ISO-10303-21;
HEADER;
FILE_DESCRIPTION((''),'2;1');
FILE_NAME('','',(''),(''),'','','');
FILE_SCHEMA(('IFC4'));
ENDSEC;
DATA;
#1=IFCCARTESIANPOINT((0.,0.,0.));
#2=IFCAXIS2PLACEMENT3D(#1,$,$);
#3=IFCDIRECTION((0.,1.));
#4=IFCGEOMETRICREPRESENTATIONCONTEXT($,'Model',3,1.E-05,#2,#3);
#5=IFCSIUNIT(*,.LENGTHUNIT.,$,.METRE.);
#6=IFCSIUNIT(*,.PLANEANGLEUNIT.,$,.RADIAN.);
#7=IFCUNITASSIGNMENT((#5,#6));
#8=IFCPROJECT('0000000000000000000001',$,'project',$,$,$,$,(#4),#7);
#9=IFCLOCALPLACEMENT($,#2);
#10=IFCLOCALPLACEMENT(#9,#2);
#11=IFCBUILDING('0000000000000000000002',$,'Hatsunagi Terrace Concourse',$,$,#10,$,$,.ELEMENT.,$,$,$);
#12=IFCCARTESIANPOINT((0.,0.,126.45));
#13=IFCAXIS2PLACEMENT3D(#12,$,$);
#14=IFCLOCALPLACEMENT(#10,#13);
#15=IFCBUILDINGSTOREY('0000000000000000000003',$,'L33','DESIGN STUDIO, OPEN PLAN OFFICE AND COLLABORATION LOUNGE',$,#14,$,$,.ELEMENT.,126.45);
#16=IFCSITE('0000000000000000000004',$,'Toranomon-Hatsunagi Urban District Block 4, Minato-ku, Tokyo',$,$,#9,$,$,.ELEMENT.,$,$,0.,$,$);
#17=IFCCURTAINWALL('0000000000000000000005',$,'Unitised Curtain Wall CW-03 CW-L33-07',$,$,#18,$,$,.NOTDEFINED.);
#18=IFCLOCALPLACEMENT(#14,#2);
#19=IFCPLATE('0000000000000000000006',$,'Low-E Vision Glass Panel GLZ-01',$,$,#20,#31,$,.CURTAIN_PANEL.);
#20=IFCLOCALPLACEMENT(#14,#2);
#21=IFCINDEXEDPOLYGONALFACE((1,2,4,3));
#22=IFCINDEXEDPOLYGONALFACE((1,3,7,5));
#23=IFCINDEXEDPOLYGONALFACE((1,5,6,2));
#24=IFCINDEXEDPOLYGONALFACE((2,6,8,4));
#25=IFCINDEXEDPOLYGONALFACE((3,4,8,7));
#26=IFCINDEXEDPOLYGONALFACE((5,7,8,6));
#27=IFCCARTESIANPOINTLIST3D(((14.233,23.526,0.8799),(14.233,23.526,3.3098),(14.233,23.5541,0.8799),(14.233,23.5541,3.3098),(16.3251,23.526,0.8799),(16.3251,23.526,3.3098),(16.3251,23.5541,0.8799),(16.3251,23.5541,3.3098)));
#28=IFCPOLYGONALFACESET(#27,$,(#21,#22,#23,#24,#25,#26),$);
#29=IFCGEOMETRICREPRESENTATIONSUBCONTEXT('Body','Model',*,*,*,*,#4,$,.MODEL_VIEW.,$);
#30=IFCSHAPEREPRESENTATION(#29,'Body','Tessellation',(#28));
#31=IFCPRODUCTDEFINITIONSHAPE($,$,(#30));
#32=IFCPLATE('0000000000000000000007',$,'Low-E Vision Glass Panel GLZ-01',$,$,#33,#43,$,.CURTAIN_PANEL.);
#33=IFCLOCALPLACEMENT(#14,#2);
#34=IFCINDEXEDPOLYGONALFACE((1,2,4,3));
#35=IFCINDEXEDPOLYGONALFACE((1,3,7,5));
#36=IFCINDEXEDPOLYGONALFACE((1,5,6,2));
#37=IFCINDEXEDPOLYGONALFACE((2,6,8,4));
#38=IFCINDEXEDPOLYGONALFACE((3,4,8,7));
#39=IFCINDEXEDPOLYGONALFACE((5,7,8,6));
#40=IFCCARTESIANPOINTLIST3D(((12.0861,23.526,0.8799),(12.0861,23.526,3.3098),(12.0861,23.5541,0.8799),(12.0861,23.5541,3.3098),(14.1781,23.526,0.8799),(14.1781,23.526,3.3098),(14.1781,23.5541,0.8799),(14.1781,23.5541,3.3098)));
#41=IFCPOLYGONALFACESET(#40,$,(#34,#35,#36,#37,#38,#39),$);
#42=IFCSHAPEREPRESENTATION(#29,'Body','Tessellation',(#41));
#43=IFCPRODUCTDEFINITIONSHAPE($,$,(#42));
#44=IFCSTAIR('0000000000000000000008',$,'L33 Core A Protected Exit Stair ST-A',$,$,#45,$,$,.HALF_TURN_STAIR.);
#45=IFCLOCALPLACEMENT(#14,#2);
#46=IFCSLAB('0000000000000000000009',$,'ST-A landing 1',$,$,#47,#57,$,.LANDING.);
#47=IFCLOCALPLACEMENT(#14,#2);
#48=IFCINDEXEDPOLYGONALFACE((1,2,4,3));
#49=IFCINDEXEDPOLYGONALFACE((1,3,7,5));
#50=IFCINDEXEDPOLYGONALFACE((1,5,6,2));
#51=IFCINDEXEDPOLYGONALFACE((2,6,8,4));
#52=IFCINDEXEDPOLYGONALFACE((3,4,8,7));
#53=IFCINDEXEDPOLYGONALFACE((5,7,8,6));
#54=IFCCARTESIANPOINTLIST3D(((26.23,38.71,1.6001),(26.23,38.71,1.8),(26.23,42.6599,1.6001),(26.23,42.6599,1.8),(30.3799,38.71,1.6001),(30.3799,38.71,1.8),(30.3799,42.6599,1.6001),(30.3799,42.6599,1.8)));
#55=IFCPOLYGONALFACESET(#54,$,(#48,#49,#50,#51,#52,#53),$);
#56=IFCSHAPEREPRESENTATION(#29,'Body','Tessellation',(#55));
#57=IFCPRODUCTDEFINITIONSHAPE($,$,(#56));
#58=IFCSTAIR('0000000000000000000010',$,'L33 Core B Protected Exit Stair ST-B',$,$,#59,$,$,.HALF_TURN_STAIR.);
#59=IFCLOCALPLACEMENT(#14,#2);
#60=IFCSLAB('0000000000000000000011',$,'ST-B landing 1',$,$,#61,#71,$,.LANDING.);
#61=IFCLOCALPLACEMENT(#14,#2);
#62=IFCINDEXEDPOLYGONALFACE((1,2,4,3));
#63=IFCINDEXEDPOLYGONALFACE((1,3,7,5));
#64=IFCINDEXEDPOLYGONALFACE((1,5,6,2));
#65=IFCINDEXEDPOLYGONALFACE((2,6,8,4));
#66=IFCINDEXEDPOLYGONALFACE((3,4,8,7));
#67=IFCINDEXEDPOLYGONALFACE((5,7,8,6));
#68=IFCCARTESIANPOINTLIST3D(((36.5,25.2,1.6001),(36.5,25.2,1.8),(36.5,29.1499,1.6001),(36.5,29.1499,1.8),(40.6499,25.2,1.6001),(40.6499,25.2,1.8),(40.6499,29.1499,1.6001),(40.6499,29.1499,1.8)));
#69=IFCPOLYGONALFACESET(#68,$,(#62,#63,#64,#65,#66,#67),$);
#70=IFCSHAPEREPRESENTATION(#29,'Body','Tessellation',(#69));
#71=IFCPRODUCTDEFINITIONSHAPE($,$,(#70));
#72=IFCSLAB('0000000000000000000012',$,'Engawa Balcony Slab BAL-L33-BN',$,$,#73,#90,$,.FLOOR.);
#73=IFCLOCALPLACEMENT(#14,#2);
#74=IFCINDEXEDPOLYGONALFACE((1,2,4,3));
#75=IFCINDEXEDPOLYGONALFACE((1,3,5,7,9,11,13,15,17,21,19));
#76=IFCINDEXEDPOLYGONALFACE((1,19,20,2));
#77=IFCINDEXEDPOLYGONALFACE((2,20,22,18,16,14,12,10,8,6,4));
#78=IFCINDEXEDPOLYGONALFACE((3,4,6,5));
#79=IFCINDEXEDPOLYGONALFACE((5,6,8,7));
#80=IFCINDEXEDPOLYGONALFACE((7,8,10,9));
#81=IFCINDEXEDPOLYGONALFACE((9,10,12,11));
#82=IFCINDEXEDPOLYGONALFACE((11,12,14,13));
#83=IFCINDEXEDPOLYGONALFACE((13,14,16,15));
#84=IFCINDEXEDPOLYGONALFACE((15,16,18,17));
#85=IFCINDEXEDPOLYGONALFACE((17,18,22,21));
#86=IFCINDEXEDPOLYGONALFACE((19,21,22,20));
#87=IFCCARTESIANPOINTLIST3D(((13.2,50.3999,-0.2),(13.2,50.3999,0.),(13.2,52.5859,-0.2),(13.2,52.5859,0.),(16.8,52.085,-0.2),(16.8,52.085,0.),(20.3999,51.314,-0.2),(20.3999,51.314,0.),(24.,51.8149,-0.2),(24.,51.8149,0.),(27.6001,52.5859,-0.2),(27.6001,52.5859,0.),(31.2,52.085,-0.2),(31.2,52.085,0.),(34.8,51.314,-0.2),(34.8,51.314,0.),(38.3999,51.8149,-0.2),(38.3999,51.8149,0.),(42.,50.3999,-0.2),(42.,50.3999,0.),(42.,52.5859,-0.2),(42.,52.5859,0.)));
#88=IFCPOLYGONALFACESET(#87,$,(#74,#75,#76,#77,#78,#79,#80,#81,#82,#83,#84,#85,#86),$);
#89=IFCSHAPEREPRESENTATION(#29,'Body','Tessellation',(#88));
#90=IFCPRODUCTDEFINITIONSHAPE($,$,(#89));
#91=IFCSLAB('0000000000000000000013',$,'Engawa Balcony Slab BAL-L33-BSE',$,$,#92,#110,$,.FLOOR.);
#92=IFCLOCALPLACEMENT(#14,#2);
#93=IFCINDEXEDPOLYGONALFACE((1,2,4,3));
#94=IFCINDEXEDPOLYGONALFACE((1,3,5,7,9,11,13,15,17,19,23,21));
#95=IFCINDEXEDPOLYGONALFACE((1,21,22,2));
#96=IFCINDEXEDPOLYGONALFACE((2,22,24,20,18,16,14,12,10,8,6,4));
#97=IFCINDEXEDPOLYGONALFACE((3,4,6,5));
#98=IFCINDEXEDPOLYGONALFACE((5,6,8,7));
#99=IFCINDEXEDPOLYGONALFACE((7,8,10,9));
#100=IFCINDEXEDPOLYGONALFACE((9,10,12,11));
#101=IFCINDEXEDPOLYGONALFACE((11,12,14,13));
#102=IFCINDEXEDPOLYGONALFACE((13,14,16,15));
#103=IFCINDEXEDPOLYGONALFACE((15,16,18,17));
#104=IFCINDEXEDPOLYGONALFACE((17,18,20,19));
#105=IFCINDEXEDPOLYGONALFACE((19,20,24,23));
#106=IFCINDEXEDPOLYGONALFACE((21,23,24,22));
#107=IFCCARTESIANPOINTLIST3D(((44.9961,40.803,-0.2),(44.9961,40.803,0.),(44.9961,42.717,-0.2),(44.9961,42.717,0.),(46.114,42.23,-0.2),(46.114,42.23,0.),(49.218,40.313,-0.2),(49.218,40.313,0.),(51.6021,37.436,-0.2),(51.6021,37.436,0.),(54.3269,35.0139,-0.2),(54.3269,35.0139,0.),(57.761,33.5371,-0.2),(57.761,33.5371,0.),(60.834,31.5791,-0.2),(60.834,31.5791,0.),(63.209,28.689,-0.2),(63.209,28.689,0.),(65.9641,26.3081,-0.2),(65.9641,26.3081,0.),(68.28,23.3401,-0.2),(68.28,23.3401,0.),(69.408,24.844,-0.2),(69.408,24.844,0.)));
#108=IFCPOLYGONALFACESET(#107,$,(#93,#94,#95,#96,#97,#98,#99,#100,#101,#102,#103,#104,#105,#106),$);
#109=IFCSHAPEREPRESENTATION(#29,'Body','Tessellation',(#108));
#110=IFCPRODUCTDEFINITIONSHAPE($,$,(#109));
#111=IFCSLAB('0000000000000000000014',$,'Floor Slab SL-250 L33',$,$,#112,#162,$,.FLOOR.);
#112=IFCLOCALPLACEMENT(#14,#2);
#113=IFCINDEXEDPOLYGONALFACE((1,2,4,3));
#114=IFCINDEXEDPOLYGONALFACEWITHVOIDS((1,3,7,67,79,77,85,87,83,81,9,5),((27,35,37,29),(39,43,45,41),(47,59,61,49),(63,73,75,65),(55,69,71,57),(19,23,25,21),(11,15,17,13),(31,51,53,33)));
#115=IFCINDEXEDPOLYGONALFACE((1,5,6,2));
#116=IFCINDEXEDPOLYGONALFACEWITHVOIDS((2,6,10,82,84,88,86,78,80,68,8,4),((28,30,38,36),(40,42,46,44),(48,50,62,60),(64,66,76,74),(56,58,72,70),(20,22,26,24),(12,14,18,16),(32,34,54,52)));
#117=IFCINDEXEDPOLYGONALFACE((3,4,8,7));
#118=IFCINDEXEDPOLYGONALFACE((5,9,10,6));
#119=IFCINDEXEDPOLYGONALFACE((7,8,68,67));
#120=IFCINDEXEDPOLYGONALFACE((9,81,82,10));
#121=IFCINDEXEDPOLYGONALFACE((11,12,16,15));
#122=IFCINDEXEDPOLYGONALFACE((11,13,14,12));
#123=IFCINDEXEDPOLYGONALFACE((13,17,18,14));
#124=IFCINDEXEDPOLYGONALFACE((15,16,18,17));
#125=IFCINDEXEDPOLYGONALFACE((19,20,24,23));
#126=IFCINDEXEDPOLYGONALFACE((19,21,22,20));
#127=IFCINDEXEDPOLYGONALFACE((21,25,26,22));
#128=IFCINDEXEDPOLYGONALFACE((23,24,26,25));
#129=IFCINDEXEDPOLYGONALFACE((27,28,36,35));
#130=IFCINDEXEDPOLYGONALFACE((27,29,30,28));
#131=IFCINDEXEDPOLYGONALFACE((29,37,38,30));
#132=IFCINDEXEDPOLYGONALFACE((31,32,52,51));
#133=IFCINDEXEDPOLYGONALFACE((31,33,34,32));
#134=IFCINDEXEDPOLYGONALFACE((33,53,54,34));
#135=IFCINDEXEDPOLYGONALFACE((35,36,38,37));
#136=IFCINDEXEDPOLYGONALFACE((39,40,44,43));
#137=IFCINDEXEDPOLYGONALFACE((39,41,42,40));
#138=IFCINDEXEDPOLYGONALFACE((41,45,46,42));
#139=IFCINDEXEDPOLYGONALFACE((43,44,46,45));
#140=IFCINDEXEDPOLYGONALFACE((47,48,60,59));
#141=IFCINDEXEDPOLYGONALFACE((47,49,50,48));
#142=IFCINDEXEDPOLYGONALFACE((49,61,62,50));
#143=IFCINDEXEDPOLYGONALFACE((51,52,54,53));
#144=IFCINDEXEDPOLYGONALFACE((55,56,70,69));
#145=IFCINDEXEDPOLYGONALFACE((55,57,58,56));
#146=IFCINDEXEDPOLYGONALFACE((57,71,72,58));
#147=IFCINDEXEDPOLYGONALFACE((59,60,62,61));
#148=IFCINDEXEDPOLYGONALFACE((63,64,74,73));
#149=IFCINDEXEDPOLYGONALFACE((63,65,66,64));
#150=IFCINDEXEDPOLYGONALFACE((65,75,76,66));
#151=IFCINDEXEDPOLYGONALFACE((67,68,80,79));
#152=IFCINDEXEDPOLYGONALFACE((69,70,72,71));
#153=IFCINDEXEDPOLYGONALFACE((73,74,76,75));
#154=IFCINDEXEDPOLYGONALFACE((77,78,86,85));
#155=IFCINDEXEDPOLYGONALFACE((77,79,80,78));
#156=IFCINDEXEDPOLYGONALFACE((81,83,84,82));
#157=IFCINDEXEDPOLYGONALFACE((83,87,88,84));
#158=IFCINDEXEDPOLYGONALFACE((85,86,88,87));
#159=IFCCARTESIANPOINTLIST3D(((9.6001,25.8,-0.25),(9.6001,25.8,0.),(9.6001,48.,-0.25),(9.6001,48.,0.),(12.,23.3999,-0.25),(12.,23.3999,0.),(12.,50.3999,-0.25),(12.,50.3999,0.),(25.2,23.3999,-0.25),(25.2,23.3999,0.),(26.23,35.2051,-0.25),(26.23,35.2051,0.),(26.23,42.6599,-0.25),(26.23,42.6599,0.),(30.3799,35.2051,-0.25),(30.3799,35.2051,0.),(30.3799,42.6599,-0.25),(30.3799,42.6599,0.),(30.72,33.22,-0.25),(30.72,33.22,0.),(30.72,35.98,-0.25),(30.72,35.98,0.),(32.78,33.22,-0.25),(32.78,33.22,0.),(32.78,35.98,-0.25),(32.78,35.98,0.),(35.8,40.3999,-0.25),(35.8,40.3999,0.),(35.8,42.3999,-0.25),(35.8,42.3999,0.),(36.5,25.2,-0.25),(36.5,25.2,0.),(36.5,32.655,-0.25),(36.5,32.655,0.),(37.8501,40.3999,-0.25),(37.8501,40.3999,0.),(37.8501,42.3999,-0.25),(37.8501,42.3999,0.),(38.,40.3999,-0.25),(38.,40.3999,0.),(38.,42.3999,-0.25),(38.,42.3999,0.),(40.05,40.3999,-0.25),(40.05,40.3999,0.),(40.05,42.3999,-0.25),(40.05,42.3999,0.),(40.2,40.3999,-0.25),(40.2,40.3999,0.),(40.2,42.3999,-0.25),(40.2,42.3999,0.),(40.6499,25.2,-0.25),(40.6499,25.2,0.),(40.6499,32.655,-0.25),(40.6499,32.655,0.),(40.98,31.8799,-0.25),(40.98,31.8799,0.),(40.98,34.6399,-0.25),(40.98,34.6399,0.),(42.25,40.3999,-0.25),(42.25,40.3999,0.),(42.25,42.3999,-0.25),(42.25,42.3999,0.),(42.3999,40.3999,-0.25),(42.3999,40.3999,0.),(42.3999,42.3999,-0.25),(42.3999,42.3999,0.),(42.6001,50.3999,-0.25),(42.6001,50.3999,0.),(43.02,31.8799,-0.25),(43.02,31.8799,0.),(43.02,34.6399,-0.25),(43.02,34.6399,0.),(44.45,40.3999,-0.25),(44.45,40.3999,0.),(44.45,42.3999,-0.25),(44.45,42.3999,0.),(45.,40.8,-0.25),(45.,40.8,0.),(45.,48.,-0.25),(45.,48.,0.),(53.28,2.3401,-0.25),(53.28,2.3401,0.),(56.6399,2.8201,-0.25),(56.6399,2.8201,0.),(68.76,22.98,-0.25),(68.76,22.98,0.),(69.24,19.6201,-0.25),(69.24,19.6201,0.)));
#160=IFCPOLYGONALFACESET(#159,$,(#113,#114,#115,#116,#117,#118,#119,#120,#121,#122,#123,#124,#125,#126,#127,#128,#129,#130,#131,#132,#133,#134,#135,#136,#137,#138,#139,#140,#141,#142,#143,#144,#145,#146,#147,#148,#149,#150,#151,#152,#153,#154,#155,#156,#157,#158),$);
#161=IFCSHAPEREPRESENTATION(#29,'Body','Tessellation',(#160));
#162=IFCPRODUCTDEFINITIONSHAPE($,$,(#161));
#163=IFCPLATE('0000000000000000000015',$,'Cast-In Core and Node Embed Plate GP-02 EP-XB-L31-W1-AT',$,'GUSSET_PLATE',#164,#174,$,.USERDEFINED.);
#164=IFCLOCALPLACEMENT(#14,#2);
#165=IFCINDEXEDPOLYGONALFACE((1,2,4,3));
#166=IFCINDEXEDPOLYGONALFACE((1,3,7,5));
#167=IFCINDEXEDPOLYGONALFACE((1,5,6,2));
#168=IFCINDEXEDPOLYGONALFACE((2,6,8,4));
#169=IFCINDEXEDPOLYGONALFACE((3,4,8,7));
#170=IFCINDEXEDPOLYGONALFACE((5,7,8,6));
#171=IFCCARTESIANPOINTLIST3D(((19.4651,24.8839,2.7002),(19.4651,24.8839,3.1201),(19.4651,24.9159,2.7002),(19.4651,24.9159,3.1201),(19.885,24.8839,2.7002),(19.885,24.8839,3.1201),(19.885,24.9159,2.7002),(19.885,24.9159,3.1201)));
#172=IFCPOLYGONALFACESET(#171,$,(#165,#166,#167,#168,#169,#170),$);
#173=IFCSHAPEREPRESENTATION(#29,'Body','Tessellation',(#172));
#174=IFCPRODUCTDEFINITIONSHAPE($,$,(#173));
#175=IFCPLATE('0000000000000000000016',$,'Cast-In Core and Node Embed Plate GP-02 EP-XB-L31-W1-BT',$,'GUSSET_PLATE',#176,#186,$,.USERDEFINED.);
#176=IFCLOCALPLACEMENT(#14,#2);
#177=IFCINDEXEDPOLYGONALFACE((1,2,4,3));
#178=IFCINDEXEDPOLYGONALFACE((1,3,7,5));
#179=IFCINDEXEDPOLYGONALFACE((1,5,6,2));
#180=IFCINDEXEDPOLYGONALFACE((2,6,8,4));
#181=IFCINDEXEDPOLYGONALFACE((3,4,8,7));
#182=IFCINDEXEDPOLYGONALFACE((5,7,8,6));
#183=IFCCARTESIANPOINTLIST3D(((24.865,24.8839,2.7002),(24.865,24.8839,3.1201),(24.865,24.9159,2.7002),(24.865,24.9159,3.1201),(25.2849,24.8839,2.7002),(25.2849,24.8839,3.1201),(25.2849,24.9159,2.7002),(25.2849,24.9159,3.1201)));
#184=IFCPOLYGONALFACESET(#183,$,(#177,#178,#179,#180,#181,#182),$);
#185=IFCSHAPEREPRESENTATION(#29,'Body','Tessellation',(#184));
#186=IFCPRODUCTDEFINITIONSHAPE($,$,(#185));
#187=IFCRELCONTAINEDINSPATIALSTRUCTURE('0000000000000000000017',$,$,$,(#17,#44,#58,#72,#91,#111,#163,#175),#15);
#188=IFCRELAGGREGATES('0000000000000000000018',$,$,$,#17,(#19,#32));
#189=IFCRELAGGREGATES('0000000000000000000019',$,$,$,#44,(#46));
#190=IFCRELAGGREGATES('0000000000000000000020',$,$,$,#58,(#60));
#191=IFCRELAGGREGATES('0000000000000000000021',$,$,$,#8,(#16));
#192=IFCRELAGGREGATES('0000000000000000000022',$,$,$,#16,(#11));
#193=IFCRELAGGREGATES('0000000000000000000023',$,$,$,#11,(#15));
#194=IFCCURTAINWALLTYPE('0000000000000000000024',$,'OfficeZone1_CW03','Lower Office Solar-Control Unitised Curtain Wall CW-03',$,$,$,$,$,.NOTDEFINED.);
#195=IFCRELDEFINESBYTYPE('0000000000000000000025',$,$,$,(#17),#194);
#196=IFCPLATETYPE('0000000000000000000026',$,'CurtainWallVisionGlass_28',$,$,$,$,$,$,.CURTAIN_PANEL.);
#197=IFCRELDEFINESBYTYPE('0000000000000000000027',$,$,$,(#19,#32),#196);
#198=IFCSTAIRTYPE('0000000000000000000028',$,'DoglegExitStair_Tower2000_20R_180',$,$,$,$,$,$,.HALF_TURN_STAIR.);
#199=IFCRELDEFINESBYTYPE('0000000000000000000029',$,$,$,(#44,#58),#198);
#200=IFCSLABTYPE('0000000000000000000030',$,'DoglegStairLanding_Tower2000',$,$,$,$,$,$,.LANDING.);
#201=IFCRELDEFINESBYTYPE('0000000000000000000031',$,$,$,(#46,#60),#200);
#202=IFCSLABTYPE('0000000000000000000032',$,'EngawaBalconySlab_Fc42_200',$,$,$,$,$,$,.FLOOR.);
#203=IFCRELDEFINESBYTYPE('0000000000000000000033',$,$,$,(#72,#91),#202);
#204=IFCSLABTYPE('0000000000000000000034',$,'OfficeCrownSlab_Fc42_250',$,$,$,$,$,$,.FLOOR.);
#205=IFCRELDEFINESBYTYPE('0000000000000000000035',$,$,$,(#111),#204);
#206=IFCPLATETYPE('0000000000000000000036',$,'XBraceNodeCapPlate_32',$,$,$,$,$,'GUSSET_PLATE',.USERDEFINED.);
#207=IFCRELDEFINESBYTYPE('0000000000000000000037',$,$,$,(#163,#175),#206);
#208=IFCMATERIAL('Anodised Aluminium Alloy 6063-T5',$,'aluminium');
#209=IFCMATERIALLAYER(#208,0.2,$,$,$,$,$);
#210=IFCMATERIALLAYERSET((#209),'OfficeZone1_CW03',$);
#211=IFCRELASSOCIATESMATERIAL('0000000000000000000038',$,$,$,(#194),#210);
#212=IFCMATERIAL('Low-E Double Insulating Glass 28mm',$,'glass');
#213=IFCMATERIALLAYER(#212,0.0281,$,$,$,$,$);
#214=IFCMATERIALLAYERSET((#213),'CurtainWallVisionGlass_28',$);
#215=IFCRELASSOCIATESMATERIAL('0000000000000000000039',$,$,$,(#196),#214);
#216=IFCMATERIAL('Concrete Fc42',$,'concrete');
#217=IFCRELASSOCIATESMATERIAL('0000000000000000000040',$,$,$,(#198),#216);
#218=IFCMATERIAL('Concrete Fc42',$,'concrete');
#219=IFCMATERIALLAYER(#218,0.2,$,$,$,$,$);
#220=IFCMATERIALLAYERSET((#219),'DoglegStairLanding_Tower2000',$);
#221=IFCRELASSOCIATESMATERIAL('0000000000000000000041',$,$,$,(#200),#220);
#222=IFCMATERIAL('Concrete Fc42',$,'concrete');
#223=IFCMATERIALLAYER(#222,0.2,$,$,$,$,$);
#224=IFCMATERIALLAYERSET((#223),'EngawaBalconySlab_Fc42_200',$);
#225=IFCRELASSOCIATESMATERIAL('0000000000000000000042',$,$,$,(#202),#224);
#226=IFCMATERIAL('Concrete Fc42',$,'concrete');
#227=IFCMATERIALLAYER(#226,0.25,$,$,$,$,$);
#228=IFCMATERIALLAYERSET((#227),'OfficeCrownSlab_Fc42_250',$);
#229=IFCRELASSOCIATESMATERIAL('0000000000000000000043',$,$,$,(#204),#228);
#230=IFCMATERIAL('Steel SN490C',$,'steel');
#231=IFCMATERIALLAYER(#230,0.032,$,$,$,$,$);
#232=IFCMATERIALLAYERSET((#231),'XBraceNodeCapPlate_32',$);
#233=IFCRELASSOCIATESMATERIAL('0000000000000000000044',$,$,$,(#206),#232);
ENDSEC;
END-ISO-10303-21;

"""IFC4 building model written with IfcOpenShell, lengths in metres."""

from ifc_helpers import new_model, si_unit, direction, frame, origin, origin_2d, place, context, subcontext, project, spatial, polyline, rectangle, outline, extrude, material, layer, layer_set, type_object, element, aggregate, save


model = new_model("IFC4")

# Units and contexts
model_context = context("Model", 3, precision=1e-05, world=origin(), true_north=direction((0.0, 1.0)))
body_context = subcontext(model_context, "Body", "Model", "MODEL_VIEW")
ifc_project = project(units=[si_unit("LENGTHUNIT", "METRE"), si_unit("PLANEANGLEUNIT", "RADIAN")], contexts=[model_context])

# Site, building, storey
site_placement = place(None, origin())
site = spatial("IfcSite", under=ifc_project, at=site_placement, Name="Toranomon-Hatsunagi Urban District Block 4, Minato-ku, Tokyo", CompositionType="ELEMENT", RefElevation=0.0)
building_placement = place(site_placement, origin())
building = spatial("IfcBuilding", under=site, at=building_placement, Name="Hatsunagi Terrace Concourse", CompositionType="ELEMENT")
storey_placement = place(building_placement, frame((0.0, 0.0, 126.45)))
storey = spatial("IfcBuildingStorey", under=building, at=storey_placement, Name="L33", Description="DESIGN STUDIO, OPEN PLAN OFFICE AND COLLABORATION LOUNGE", CompositionType="ELEMENT", Elevation=126.45)

# Curtain wall
ifc_material_1 = material(Name="Anodised Aluminium Alloy 6063-T5", Category="aluminium")
ifc_layer_1 = layer(ifc_material_1, 0.2)
ifc_layer_set_1 = layer_set([ifc_layer_1], Name="OfficeZone1_CW03")
curtain_wall_type = type_object("IfcCurtainWallType", Name="OfficeZone1_CW03", Description="Lower Office Solar-Control Unitised Curtain Wall CW-03", PredefinedType="NOTDEFINED", material=ifc_layer_set_1)
curtain_wall_placement = place(storey_placement, origin())
curtain_wall = element("IfcCurtainWall", 1, at=curtain_wall_placement, inside=storey, type_object=curtain_wall_type, Name="Unitised Curtain Wall CW-03 CW-L33-07", PredefinedType="NOTDEFINED")

# Plates
ifc_material_2 = material(Name="Low-E Double Insulating Glass 28mm", Category="glass")
ifc_layer_2 = layer(ifc_material_2, 0.0281)
ifc_layer_set_2 = layer_set([ifc_layer_2], Name="CurtainWallVisionGlass_28")
plate_type_1 = type_object("IfcPlateType", Name="CurtainWallVisionGlass_28", PredefinedType="CURTAIN_PANEL", material=ifc_layer_set_2)
plate_1_placement = place(storey_placement, frame((15.2791, 23.54, 0.8799), z_axis=(0.0, 0.0, 1.0), x_axis=(-1.0, 0.0, 0.0)))
plate_1 = element("IfcPlate", 2, at=plate_1_placement, type_object=plate_type_1, Name="Low-E Vision Glass Panel GLZ-01", PredefinedType="CURTAIN_PANEL", context=body_context, shape_type="SweptSolid", body=[
    extrude(rectangle(XDim=2.092, YDim=0.0281, at=origin_2d()), origin(), (0.0, 0.0, 1.0), 2.4299),
])
plate_2_placement = place(storey_placement, frame((13.1321, 23.54, 0.8799), z_axis=(0.0, 0.0, 1.0), x_axis=(-1.0, 0.0, 0.0)))
plate_2 = element("IfcPlate", 3, at=plate_2_placement, type_object=plate_type_1, Name="Low-E Vision Glass Panel GLZ-01", PredefinedType="CURTAIN_PANEL", context=body_context, shape_type="SweptSolid", body=[
    extrude(rectangle(XDim=2.092, YDim=0.0281, at=origin_2d()), origin(), (0.0, 0.0, 1.0), 2.4299),
])
aggregate(curtain_wall, [plate_1, plate_2])

# Stairs, slabs
ifc_material_3 = material(Name="Concrete Fc42", Category="concrete")
stair_type = type_object("IfcStairType", Name="DoglegExitStair_Tower2000_20R_180", PredefinedType="HALF_TURN_STAIR", material=ifc_material_3)
stair_1_placement = place(storey_placement, origin())
stair_1 = element("IfcStair", 4, at=stair_1_placement, inside=storey, type_object=stair_type, Name="L33 Core A Protected Exit Stair ST-A", PredefinedType="HALF_TURN_STAIR")
ifc_material_4 = material(Name="Concrete Fc42", Category="concrete")
ifc_layer_3 = layer(ifc_material_4, 0.2)
ifc_layer_set_3 = layer_set([ifc_layer_3], Name="DoglegStairLanding_Tower2000")
slab_type_1 = type_object("IfcSlabType", Name="DoglegStairLanding_Tower2000", PredefinedType="LANDING", material=ifc_layer_set_3)
slab_1_placement = place(storey_placement, frame((0.0, 0.0, 1.6001)))
slab_1 = element("IfcSlab", 5, at=slab_1_placement, type_object=slab_type_1, Name="ST-A landing 1", PredefinedType="LANDING", context=body_context, shape_type="SweptSolid", body=[
    extrude(outline(polyline([(30.3799, 38.71), (30.3799, 42.6599), (26.23, 42.6599), (26.23, 38.71), (30.3799, 38.71)])), origin(), (0.0, 0.0, 1.0), 0.2),
])
aggregate(stair_1, [slab_1])
stair_2_placement = place(storey_placement, origin())
stair_2 = element("IfcStair", 6, at=stair_2_placement, inside=storey, type_object=stair_type, Name="L33 Core B Protected Exit Stair ST-B", PredefinedType="HALF_TURN_STAIR")
slab_2_placement = place(storey_placement, frame((0.0, 0.0, 1.6001)))
slab_2 = element("IfcSlab", 7, at=slab_2_placement, type_object=slab_type_1, Name="ST-B landing 1", PredefinedType="LANDING", context=body_context, shape_type="SweptSolid", body=[
    extrude(outline(polyline([(36.5, 29.1499), (36.5, 25.2), (40.6499, 25.2), (40.6499, 29.1499), (36.5, 29.1499)])), origin(), (0.0, 0.0, 1.0), 0.2),
])
aggregate(stair_2, [slab_2])

# Slabs
ifc_material_5 = material(Name="Concrete Fc42", Category="concrete")
ifc_layer_4 = layer(ifc_material_5, 0.2)
ifc_layer_set_4 = layer_set([ifc_layer_4], Name="EngawaBalconySlab_Fc42_200")
slab_type_2 = type_object("IfcSlabType", Name="EngawaBalconySlab_Fc42_200", PredefinedType="FLOOR", material=ifc_layer_set_4)
slab_3_placement = place(storey_placement, frame((0.0, 0.0, -0.2)))
element("IfcSlab", 8, at=slab_3_placement, inside=storey, type_object=slab_type_2, Name="Engawa Balcony Slab BAL-L33-BN", PredefinedType="FLOOR", context=body_context, shape_type="SweptSolid", body=[
    extrude(outline(polyline([(13.2, 52.5859), (13.2, 50.3999), (42.0, 50.3999), (42.0, 52.5859), (38.3999, 51.8149), (34.8, 51.314), (31.2, 52.085), (27.6001, 52.5859), (24.0, 51.8149), (20.3999, 51.314), (16.8, 52.085), (13.2, 52.5859)])), origin(), (0.0, 0.0, 1.0), 0.2),
])
slab_4_placement = place(storey_placement, frame((0.0, 0.0, -0.2)))
element("IfcSlab", 9, at=slab_4_placement, inside=storey, type_object=slab_type_2, Name="Engawa Balcony Slab BAL-L33-BSE", PredefinedType="FLOOR", context=body_context, shape_type="SweptSolid", body=[
    extrude(outline(polyline([(46.114, 42.23), (44.9961, 42.717), (44.9961, 40.803), (68.28, 23.3401), (69.408, 24.844), (65.9641, 26.3081), (63.209, 28.689), (60.834, 31.5791), (57.761, 33.5371), (54.3269, 35.0139), (51.6021, 37.436), (49.218, 40.313), (46.114, 42.23)])), origin(), (0.0, 0.0, 1.0), 0.2),
])
ifc_material_6 = material(Name="Concrete Fc42", Category="concrete")
ifc_layer_5 = layer(ifc_material_6, 0.25)
ifc_layer_set_5 = layer_set([ifc_layer_5], Name="OfficeCrownSlab_Fc42_250")
slab_type_3 = type_object("IfcSlabType", Name="OfficeCrownSlab_Fc42_250", PredefinedType="FLOOR", material=ifc_layer_set_5)
slab_5_placement = place(storey_placement, frame((0.0, 0.0, -0.25)))
element("IfcSlab", 10, at=slab_5_placement, inside=storey, type_object=slab_type_3, Name="Floor Slab SL-250 L33", PredefinedType="FLOOR", context=body_context, shape_type="SweptSolid", body=[
    extrude(outline(polyline([(45.0, 40.8), (45.0, 48.0), (42.6001, 50.3999), (12.0, 50.3999), (9.6001, 48.0), (9.6001, 25.8), (12.0, 23.3999), (25.2, 23.3999), (53.28, 2.3401), (56.6399, 2.8201), (69.24, 19.6201), (68.76, 22.98), (45.0, 40.8)]), holes=[polyline([(26.23, 35.2051), (30.3799, 35.2051), (30.3799, 42.6599), (26.23, 42.6599), (26.23, 35.2051)]), polyline([(36.5, 25.2), (40.6499, 25.2), (40.6499, 32.655), (36.5, 32.655), (36.5, 25.2)]), polyline([(30.72, 33.22), (32.78, 33.22), (32.78, 35.98), (30.72, 35.98), (30.72, 33.22)]), polyline([(40.98, 31.8799), (43.02, 31.8799), (43.02, 34.6399), (40.98, 34.6399), (40.98, 31.8799)]), polyline([(35.8, 40.3999), (37.8501, 40.3999), (37.8501, 42.3999), (35.8, 42.3999), (35.8, 40.3999)]), polyline([(38.0, 40.3999), (40.05, 40.3999), (40.05, 42.3999), (38.0, 42.3999), (38.0, 40.3999)]), polyline([(40.2, 40.3999), (42.25, 40.3999), (42.25, 42.3999), (40.2, 42.3999), (40.2, 40.3999)]), polyline([(42.3999, 40.3999), (44.45, 40.3999), (44.45, 42.3999), (42.3999, 42.3999), (42.3999, 40.3999)])]), origin(), (0.0, 0.0, 1.0), 0.25),
])

# Plates
ifc_material_7 = material(Name="Steel SN490C", Category="steel")
ifc_layer_6 = layer(ifc_material_7, 0.032)
ifc_layer_set_6 = layer_set([ifc_layer_6], Name="XBraceNodeCapPlate_32")
plate_type_2 = type_object("IfcPlateType", Name="XBraceNodeCapPlate_32", ElementType="GUSSET_PLATE", PredefinedType="USERDEFINED", material=ifc_layer_set_6)
for number, where, z_axis, x_axis, name in (
    (11, (19.675, 24.8999, 2.7002), (0.0, 0.0, 1.0), (1.0, 0.0, 0.0), "Cast-In Core and Node Embed Plate GP-02 EP-XB-L31-W1-AT"),
    (12, (25.075, 24.8999, 2.7002), (0.0, 0.0, 1.0), (1.0, 0.0, 0.0), "Cast-In Core and Node Embed Plate GP-02 EP-XB-L31-W1-BT"),
):
    element("IfcPlate", number, at=place(storey_placement, frame(where, z_axis=z_axis, x_axis=x_axis)), inside=storey, type_object=plate_type_2, Name=name, ObjectType="GUSSET_PLATE", PredefinedType="USERDEFINED", context=body_context, shape_type="SweptSolid", body=[
        extrude(rectangle(XDim=0.4199, YDim=0.032, at=origin_2d()), origin(), (0.0, 0.0, 1.0), 0.4199),
    ])

save(model, "model.ifc")
